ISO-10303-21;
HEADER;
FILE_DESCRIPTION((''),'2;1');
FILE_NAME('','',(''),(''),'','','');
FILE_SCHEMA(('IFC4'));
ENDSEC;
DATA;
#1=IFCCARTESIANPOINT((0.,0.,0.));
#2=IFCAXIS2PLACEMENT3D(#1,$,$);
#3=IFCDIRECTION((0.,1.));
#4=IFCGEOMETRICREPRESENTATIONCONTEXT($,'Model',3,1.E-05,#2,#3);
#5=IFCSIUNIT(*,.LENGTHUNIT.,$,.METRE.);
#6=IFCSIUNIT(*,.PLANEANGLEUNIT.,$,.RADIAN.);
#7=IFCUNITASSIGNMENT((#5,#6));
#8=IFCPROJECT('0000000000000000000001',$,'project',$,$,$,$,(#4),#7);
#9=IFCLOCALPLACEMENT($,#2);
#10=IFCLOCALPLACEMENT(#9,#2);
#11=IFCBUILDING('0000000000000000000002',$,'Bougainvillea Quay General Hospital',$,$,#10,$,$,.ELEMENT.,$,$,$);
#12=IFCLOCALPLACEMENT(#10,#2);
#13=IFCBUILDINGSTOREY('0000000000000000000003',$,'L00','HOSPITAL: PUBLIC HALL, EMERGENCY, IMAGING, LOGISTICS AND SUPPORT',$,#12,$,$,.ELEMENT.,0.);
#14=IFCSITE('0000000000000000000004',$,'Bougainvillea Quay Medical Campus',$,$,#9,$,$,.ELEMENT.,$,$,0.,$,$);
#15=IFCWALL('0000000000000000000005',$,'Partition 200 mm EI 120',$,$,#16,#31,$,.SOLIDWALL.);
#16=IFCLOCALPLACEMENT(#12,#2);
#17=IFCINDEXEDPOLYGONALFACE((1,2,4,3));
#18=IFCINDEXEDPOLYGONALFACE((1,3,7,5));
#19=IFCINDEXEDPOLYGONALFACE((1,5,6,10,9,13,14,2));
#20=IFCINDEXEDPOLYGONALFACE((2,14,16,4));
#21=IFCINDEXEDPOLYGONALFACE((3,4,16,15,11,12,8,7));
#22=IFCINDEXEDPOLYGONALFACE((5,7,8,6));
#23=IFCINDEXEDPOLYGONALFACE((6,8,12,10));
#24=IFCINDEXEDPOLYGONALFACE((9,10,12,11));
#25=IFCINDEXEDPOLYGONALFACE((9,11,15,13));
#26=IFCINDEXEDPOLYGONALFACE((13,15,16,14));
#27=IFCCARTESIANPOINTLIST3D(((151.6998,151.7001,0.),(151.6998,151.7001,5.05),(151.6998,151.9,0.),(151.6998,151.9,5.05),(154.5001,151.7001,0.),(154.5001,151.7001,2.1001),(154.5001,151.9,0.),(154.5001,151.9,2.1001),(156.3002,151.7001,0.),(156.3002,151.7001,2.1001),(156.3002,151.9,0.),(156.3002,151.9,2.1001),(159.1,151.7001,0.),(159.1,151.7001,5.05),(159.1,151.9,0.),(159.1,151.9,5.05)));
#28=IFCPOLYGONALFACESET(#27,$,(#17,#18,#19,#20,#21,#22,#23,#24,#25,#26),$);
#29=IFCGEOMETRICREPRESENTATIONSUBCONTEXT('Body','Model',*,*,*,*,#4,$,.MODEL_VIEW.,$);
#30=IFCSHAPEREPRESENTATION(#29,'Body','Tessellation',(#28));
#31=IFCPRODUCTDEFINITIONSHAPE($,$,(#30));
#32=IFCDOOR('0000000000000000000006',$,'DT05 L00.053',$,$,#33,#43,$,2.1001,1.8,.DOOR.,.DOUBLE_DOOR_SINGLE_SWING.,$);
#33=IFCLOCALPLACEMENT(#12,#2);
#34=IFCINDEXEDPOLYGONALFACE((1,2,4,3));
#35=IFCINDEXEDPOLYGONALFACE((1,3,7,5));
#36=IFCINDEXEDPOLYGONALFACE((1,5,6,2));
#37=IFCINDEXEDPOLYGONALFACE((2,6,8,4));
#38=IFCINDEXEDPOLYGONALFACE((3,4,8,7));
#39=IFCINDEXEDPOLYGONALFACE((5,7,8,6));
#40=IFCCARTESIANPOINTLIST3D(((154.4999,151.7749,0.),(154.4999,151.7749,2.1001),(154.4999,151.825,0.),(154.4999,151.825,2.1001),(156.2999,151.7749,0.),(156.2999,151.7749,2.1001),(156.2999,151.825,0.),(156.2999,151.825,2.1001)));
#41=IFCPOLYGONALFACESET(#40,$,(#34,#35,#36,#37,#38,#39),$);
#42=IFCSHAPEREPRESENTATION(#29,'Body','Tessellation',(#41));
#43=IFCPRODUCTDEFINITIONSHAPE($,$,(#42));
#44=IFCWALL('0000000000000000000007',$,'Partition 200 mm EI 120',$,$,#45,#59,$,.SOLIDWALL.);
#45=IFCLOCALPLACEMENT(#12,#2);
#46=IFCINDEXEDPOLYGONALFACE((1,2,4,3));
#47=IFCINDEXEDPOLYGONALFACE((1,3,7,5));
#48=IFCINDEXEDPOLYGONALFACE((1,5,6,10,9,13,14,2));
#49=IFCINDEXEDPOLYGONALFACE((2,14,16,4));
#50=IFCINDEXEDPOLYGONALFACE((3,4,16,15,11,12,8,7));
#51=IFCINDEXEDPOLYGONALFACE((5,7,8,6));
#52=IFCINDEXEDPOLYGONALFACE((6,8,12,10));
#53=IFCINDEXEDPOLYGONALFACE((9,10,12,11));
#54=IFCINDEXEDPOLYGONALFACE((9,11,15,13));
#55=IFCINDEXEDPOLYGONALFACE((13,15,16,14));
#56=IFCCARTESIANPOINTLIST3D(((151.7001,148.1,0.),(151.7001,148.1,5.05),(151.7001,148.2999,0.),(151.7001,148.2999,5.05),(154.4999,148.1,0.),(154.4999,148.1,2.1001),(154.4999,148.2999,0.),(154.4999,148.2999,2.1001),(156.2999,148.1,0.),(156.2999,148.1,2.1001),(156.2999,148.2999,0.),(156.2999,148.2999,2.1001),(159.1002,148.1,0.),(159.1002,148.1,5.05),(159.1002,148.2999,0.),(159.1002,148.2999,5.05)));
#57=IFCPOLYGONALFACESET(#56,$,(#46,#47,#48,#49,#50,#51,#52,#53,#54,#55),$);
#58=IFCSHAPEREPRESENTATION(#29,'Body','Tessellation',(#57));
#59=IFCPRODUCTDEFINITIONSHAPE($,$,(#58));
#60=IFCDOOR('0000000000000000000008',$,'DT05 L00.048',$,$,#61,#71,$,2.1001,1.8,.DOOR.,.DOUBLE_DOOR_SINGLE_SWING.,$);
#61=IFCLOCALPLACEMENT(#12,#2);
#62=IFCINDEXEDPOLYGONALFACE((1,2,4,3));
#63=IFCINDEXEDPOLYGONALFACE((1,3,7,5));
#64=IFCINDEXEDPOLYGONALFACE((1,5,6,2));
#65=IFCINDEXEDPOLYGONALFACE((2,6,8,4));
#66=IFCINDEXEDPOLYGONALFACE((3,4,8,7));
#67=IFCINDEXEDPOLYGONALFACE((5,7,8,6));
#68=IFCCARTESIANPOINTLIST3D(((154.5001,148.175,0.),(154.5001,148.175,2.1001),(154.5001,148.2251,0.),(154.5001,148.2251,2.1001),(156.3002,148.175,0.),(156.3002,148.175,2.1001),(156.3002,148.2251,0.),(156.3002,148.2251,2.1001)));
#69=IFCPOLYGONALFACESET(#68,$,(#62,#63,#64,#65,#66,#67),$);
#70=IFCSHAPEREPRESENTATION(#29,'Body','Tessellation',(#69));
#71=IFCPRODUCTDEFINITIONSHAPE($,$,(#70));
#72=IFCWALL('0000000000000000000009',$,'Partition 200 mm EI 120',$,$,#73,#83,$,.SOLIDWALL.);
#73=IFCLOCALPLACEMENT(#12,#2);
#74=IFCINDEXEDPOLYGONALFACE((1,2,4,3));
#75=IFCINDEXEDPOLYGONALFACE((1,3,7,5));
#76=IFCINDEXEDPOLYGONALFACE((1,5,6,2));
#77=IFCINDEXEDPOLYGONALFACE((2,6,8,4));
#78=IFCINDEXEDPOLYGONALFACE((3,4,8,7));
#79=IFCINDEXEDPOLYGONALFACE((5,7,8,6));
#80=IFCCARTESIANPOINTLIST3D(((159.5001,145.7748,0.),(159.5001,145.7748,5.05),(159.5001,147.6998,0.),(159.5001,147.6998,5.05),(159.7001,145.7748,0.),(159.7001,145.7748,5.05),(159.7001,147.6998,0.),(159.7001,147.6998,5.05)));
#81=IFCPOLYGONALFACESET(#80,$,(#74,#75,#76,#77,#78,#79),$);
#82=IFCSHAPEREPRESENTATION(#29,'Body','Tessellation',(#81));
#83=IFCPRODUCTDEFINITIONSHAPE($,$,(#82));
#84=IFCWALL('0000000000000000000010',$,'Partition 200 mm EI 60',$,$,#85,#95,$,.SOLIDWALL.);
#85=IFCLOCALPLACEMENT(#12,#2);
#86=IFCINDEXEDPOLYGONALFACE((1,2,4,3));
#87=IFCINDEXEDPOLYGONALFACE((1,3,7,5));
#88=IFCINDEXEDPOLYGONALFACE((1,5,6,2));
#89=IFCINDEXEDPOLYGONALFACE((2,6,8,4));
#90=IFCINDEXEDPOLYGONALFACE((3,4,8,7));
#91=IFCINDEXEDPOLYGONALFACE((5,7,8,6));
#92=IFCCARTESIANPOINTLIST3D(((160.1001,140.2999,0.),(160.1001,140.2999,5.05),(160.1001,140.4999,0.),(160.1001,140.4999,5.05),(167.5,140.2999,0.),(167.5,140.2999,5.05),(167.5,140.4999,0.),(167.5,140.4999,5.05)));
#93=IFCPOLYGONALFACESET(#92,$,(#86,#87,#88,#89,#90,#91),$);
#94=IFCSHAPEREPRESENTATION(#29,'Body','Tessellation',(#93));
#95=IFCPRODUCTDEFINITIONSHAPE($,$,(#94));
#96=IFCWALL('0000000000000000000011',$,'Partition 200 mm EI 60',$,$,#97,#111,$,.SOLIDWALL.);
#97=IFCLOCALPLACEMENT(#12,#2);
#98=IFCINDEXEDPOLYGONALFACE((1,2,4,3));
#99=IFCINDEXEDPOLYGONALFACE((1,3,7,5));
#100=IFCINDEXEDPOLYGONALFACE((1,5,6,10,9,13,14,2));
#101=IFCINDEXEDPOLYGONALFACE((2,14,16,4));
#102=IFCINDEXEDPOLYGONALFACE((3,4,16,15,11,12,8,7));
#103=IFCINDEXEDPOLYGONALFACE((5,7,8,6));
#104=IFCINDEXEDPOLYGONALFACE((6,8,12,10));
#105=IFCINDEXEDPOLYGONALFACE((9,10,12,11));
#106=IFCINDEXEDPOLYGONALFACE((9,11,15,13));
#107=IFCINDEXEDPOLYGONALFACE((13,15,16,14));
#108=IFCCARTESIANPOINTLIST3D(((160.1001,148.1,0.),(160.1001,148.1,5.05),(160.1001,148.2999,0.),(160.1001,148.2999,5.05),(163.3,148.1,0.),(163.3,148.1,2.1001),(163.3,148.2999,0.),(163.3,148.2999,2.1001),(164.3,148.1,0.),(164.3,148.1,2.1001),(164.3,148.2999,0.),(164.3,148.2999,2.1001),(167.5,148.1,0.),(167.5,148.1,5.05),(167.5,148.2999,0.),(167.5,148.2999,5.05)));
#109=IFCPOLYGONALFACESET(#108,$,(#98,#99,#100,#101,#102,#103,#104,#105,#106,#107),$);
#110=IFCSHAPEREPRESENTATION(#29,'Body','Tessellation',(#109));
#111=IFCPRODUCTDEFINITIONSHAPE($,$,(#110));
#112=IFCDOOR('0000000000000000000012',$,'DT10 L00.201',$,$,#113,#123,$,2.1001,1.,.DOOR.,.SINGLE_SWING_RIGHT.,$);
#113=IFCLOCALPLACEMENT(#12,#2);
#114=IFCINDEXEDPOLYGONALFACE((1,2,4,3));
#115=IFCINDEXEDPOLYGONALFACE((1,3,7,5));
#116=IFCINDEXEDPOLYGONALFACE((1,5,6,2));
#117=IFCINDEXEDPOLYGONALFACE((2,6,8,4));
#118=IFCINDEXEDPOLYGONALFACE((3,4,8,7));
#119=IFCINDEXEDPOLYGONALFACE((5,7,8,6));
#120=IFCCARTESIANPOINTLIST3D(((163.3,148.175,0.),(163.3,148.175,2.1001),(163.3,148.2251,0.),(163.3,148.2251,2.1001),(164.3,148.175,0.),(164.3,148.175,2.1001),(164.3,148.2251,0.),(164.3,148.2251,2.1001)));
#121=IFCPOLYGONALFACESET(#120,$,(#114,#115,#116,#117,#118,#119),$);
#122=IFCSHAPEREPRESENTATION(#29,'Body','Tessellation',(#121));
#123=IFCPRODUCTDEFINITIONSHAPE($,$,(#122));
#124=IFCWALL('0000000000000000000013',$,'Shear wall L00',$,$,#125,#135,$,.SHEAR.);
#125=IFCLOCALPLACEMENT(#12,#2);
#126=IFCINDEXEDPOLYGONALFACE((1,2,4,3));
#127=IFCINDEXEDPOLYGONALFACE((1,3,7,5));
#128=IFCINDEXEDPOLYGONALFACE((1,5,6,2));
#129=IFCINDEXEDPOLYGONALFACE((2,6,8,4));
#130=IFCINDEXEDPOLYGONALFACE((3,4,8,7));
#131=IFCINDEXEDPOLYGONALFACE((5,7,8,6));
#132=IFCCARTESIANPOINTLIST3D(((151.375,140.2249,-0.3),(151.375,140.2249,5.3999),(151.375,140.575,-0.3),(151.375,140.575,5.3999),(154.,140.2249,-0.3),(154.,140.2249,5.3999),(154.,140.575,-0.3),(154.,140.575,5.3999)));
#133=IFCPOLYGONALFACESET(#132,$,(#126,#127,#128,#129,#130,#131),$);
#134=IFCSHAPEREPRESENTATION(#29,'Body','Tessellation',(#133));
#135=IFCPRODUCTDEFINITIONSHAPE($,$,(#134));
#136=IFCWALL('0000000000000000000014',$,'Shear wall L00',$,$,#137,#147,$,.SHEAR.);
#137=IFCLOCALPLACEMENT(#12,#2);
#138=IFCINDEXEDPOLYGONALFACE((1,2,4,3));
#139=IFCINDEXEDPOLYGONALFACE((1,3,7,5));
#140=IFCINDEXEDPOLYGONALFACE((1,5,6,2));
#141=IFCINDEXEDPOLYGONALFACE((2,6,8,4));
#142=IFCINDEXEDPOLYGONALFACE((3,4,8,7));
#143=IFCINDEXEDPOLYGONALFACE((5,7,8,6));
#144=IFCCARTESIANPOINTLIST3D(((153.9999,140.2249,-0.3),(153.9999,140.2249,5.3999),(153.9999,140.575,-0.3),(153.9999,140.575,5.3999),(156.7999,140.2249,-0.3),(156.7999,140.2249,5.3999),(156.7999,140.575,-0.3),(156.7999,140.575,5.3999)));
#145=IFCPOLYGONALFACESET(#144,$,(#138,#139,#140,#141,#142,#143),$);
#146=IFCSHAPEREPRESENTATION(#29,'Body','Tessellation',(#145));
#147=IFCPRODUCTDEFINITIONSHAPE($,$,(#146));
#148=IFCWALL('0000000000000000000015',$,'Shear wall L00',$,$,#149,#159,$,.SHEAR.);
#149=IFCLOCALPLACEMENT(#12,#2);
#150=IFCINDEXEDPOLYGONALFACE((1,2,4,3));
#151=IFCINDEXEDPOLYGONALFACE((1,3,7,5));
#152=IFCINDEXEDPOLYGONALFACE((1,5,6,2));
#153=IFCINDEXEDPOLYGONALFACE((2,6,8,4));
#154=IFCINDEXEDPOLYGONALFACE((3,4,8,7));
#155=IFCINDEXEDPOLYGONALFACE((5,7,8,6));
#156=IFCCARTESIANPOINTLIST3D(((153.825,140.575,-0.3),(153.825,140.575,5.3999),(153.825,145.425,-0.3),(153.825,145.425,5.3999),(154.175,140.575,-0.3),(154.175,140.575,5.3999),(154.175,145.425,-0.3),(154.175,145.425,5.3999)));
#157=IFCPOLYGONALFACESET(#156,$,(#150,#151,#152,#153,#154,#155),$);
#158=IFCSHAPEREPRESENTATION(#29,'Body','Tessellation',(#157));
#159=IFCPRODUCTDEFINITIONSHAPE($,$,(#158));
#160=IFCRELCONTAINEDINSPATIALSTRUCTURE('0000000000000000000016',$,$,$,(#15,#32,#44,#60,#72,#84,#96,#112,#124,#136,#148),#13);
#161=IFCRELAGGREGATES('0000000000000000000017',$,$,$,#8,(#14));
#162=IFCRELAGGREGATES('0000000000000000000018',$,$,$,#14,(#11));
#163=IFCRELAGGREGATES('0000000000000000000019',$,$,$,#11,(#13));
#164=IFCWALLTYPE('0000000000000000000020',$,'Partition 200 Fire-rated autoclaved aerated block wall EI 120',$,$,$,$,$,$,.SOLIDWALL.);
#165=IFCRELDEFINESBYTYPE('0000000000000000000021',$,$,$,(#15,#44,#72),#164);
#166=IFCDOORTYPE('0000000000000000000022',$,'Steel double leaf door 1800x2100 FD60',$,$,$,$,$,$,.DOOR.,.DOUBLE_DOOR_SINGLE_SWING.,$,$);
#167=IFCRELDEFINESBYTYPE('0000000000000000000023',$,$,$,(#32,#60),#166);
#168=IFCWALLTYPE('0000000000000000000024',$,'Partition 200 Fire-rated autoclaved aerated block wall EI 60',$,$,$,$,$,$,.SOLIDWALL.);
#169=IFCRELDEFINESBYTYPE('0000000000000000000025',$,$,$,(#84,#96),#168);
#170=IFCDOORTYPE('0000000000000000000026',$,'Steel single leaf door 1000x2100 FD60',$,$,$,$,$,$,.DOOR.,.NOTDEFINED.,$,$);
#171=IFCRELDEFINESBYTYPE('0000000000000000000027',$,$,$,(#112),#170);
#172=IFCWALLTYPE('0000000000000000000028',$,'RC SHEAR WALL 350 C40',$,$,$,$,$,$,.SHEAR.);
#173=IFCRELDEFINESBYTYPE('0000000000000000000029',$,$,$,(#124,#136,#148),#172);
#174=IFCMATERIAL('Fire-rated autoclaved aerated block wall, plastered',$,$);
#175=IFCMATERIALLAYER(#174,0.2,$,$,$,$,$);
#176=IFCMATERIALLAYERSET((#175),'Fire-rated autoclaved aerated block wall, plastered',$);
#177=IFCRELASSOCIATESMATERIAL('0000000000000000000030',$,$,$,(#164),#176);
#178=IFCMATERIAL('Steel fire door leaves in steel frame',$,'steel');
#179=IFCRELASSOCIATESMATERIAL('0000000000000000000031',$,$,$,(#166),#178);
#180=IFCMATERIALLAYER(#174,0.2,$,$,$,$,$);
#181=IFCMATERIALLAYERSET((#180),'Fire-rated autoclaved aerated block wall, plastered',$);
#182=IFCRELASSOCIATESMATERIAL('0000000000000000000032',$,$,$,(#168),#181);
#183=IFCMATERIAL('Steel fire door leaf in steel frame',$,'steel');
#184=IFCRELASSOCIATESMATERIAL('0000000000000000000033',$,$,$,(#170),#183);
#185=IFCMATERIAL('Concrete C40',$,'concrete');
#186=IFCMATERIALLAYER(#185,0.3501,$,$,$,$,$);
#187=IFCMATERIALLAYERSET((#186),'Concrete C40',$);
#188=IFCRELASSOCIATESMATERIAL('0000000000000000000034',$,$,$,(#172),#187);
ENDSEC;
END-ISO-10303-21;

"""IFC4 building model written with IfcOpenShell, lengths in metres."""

from ifc_helpers import new_model, si_unit, direction, frame, frame_2d, origin, place, context, subcontext, project, spatial, rectangle, extrude, material, layer, layer_set, type_object, element, fill, save


model = new_model("IFC4")

# Units and contexts
model_context = context("Model", 3, precision=1e-05, world=origin(), true_north=direction((0.0, 1.0)))
body_context = subcontext(model_context, "Body", "Model", "MODEL_VIEW")
ifc_project = project(units=[si_unit("LENGTHUNIT", "METRE"), si_unit("PLANEANGLEUNIT", "RADIAN")], contexts=[model_context])

# Site, building, storey
site_placement = place(None, origin())
site = spatial("IfcSite", under=ifc_project, at=site_placement, Name="Bougainvillea Quay Medical Campus", CompositionType="ELEMENT", RefElevation=0.0)
building_placement = place(site_placement, origin())
building = spatial("IfcBuilding", under=site, at=building_placement, Name="Bougainvillea Quay General Hospital", CompositionType="ELEMENT")
storey_placement = place(building_placement, origin())
storey = spatial("IfcBuildingStorey", under=building, at=storey_placement, Name="L00", Description="HOSPITAL: PUBLIC HALL, EMERGENCY, IMAGING, LOGISTICS AND SUPPORT", CompositionType="ELEMENT", Elevation=0.0)

# Shared definitions
ifc_material_1 = material(Name="Concrete C40", Category="concrete")

# Walls, openings, doors
ifc_material_2 = material(Name="Fire-rated autoclaved aerated block wall, plastered")
ifc_layer_1 = layer(ifc_material_2, 0.2)
ifc_layer_set_1 = layer_set([ifc_layer_1], Name="Fire-rated autoclaved aerated block wall, plastered")
wall_type_1 = type_object("IfcWallType", Name="Partition 200 Fire-rated autoclaved aerated block wall EI 120", PredefinedType="SOLIDWALL", material=ifc_layer_set_1)
wall_1_placement = place(storey_placement, frame((159.1001, 151.8, 0.0), z_axis=(0.0, 0.0, 1.0), x_axis=(-1.0, 0.0, 0.0)))
wall_1 = element("IfcWall", 1, at=wall_1_placement, inside=storey, type_object=wall_type_1, Name="Partition 200 mm EI 120", PredefinedType="SOLIDWALL", context=body_context, shape_type="SweptSolid", body=[
    extrude(rectangle(XDim=7.4001, YDim=0.2, at=frame_2d((3.7002, 0.0))), origin(), (0.0, 0.0, 1.0), 5.05),
])
opening_1_placement = place(wall_1_placement, frame((2.8, 0.0, 0.0)))
opening_1 = element("IfcOpeningElement", 2, at=opening_1_placement, cuts=wall_1, PredefinedType="OPENING", context=body_context, shape_type="SweptSolid", body=[
    extrude(rectangle(XDim=1.8, YDim=2.1001, at=frame_2d((0.8999, 1.05))), frame((0.0, 0.1099, 0.0), z_axis=(0.0, -1.0, 0.0), x_axis=(1.0, 0.0, 0.0)), (0.0, 0.0, 1.0), 0.22),
])
ifc_material_3 = material(Name="Steel fire door leaves in steel frame", Category="steel")
door_type_1 = type_object("IfcDoorType", Name="Steel double leaf door 1800x2100 FD60", OperationType="DOUBLE_DOOR_SINGLE_SWING", PredefinedType="DOOR", material=ifc_material_3)
door_1_placement = place(opening_1_placement, frame((1.8, 0.0, 0.0), z_axis=(0.0, 0.0, 1.0), x_axis=(-1.0, 0.0, 0.0)))
door_1 = element("IfcDoor", 3, at=door_1_placement, inside=storey, type_object=door_type_1, Name="DT05 L00.053", OperationType="DOUBLE_DOOR_SINGLE_SWING", OverallHeight=2.1001, OverallWidth=1.8, PredefinedType="DOOR", context=body_context, shape_type="SweptSolid", body=[
    extrude(rectangle(XDim=1.8, YDim=2.1001, at=frame_2d((0.8999, 1.05))), frame((0.0, 0.0249, 0.0), z_axis=(0.0, -1.0, 0.0), x_axis=(1.0, 0.0, 0.0)), (0.0, 0.0, 1.0), 0.05),
])
fill(opening_1, door_1)
wall_2_placement = place(storey_placement, frame((151.7, 148.2, 0.0), z_axis=(0.0, 0.0, 1.0), x_axis=(1.0, 0.0, 0.0)))
wall_2 = element("IfcWall", 4, at=wall_2_placement, inside=storey, type_object=wall_type_1, Name="Partition 200 mm EI 120", PredefinedType="SOLIDWALL", context=body_context, shape_type="SweptSolid", body=[
    extrude(rectangle(XDim=7.4001, YDim=0.2, at=frame_2d((3.7002, 0.0))), origin(), (0.0, 0.0, 1.0), 5.05),
])
opening_2_placement = place(wall_2_placement, frame((2.8, 0.0, 0.0)))
opening_2 = element("IfcOpeningElement", 5, at=opening_2_placement, cuts=wall_2, PredefinedType="OPENING", context=body_context, shape_type="SweptSolid", body=[
    extrude(rectangle(XDim=1.8, YDim=2.1001, at=frame_2d((0.8999, 1.05))), frame((0.0, 0.1099, 0.0), z_axis=(0.0, -1.0, 0.0), x_axis=(1.0, 0.0, 0.0)), (0.0, 0.0, 1.0), 0.22),
])
door_2_placement = place(opening_2_placement, frame((1.8, 0.0, 0.0), z_axis=(0.0, 0.0, 1.0), x_axis=(-1.0, 0.0, 0.0)))
door_2 = element("IfcDoor", 6, at=door_2_placement, inside=storey, type_object=door_type_1, Name="DT05 L00.048", OperationType="DOUBLE_DOOR_SINGLE_SWING", OverallHeight=2.1001, OverallWidth=1.8, PredefinedType="DOOR", context=body_context, shape_type="SweptSolid", body=[
    extrude(rectangle(XDim=1.8, YDim=2.1001, at=frame_2d((0.8999, 1.05))), frame((0.0, 0.0249, 0.0), z_axis=(0.0, -1.0, 0.0), x_axis=(1.0, 0.0, 0.0)), (0.0, 0.0, 1.0), 0.05),
])
fill(opening_2, door_2)

# Walls
wall_3_placement = place(storey_placement, frame((159.6001, 145.7749, 0.0), z_axis=(0.0, 0.0, 1.0), x_axis=(0.0, 1.0, 0.0)))
element("IfcWall", 7, at=wall_3_placement, inside=storey, type_object=wall_type_1, Name="Partition 200 mm EI 120", PredefinedType="SOLIDWALL", context=body_context, shape_type="SweptSolid", body=[
    extrude(rectangle(XDim=1.925, YDim=0.2, at=frame_2d((0.9624, 0.0))), origin(), (0.0, 0.0, 1.0), 5.05),
])
ifc_layer_2 = layer(ifc_material_2, 0.2)
ifc_layer_set_2 = layer_set([ifc_layer_2], Name="Fire-rated autoclaved aerated block wall, plastered")
wall_type_2 = type_object("IfcWallType", Name="Partition 200 Fire-rated autoclaved aerated block wall EI 60", PredefinedType="SOLIDWALL", material=ifc_layer_set_2)
wall_4_placement = place(storey_placement, frame((160.1001, 140.3999, 0.0), z_axis=(0.0, 0.0, 1.0), x_axis=(1.0, 0.0, 0.0)))
element("IfcWall", 8, at=wall_4_placement, inside=storey, type_object=wall_type_2, Name="Partition 200 mm EI 60", PredefinedType="SOLIDWALL", context=body_context, shape_type="SweptSolid", body=[
    extrude(rectangle(XDim=7.3999, YDim=0.2, at=frame_2d((3.7, 0.0))), origin(), (0.0, 0.0, 1.0), 5.05),
])

# Wall, opening, door
wall_5_placement = place(storey_placement, frame((160.1001, 148.2, 0.0), z_axis=(0.0, 0.0, 1.0), x_axis=(1.0, 0.0, 0.0)))
wall_5 = element("IfcWall", 9, at=wall_5_placement, inside=storey, type_object=wall_type_2, Name="Partition 200 mm EI 60", PredefinedType="SOLIDWALL", context=body_context, shape_type="SweptSolid", body=[
    extrude(rectangle(XDim=7.3999, YDim=0.2, at=frame_2d((3.7, 0.0))), origin(), (0.0, 0.0, 1.0), 5.05),
])
opening_3_placement = place(wall_5_placement, frame((3.2, 0.0, 0.0)))
opening_3 = element("IfcOpeningElement", 10, at=opening_3_placement, cuts=wall_5, PredefinedType="OPENING", context=body_context, shape_type="SweptSolid", body=[
    extrude(rectangle(XDim=1.0, YDim=2.1001, at=frame_2d((0.5, 1.05))), frame((0.0, 0.1099, 0.0), z_axis=(0.0, -1.0, 0.0), x_axis=(1.0, 0.0, 0.0)), (0.0, 0.0, 1.0), 0.22),
])
ifc_material_4 = material(Name="Steel fire door leaf in steel frame", Category="steel")
door_type_2 = type_object("IfcDoorType", Name="Steel single leaf door 1000x2100 FD60", OperationType="NOTDEFINED", PredefinedType="DOOR", material=ifc_material_4)
door_3_placement = place(opening_3_placement, frame((1.0, 0.0, 0.0), z_axis=(0.0, 0.0, 1.0), x_axis=(-1.0, 0.0, 0.0)))
door_3 = element("IfcDoor", 11, at=door_3_placement, inside=storey, type_object=door_type_2, Name="DT10 L00.201", OperationType="SINGLE_SWING_RIGHT", OverallHeight=2.1001, OverallWidth=1.0, PredefinedType="DOOR", context=body_context, shape_type="SweptSolid", body=[
    extrude(rectangle(XDim=1.0, YDim=2.1001, at=frame_2d((0.5, 1.05))), frame((0.0, 0.0249, 0.0), z_axis=(0.0, -1.0, 0.0), x_axis=(1.0, 0.0, 0.0)), (0.0, 0.0, 1.0), 0.05),
])
fill(opening_3, door_3)

# Walls
ifc_layer_3 = layer(ifc_material_1, 0.3501)
ifc_layer_set_3 = layer_set([ifc_layer_3], Name="Concrete C40")
wall_type_3 = type_object("IfcWallType", Name="RC SHEAR WALL 350 C40", PredefinedType="SHEAR", material=ifc_layer_set_3)
wall_6_placement = place(storey_placement, frame((151.375, 140.3999, -0.3), z_axis=(0.0, 0.0, 1.0), x_axis=(1.0, 0.0, 0.0)))
element("IfcWall", 12, at=wall_6_placement, inside=storey, type_object=wall_type_3, Name="Shear wall L00", PredefinedType="SHEAR", context=body_context, shape_type="SweptSolid", body=[
    extrude(rectangle(XDim=2.625, YDim=0.3501, at=frame_2d((1.3125, 0.0))), origin(), (0.0, 0.0, 1.0), 5.7),
])
wall_7_placement = place(storey_placement, frame((154.0, 140.3999, -0.3), z_axis=(0.0, 0.0, 1.0), x_axis=(1.0, 0.0, 0.0)))
element("IfcWall", 13, at=wall_7_placement, inside=storey, type_object=wall_type_3, Name="Shear wall L00", PredefinedType="SHEAR", context=body_context, shape_type="SweptSolid", body=[
    extrude(rectangle(XDim=2.8, YDim=0.3501, at=frame_2d((1.3999, 0.0))), origin(), (0.0, 0.0, 1.0), 5.7),
])
wall_8_placement = place(storey_placement, frame((154.0, 140.575, -0.3), z_axis=(0.0, 0.0, 1.0), x_axis=(0.0, 1.0, 0.0)))
element("IfcWall", 14, at=wall_8_placement, inside=storey, type_object=wall_type_3, Name="Shear wall L00", PredefinedType="SHEAR", context=body_context, shape_type="SweptSolid", body=[
    extrude(rectangle(XDim=4.8501, YDim=0.3501, at=frame_2d((2.425, 0.0))), origin(), (0.0, 0.0, 1.0), 5.7),
])

save(model, "model.ifc")
